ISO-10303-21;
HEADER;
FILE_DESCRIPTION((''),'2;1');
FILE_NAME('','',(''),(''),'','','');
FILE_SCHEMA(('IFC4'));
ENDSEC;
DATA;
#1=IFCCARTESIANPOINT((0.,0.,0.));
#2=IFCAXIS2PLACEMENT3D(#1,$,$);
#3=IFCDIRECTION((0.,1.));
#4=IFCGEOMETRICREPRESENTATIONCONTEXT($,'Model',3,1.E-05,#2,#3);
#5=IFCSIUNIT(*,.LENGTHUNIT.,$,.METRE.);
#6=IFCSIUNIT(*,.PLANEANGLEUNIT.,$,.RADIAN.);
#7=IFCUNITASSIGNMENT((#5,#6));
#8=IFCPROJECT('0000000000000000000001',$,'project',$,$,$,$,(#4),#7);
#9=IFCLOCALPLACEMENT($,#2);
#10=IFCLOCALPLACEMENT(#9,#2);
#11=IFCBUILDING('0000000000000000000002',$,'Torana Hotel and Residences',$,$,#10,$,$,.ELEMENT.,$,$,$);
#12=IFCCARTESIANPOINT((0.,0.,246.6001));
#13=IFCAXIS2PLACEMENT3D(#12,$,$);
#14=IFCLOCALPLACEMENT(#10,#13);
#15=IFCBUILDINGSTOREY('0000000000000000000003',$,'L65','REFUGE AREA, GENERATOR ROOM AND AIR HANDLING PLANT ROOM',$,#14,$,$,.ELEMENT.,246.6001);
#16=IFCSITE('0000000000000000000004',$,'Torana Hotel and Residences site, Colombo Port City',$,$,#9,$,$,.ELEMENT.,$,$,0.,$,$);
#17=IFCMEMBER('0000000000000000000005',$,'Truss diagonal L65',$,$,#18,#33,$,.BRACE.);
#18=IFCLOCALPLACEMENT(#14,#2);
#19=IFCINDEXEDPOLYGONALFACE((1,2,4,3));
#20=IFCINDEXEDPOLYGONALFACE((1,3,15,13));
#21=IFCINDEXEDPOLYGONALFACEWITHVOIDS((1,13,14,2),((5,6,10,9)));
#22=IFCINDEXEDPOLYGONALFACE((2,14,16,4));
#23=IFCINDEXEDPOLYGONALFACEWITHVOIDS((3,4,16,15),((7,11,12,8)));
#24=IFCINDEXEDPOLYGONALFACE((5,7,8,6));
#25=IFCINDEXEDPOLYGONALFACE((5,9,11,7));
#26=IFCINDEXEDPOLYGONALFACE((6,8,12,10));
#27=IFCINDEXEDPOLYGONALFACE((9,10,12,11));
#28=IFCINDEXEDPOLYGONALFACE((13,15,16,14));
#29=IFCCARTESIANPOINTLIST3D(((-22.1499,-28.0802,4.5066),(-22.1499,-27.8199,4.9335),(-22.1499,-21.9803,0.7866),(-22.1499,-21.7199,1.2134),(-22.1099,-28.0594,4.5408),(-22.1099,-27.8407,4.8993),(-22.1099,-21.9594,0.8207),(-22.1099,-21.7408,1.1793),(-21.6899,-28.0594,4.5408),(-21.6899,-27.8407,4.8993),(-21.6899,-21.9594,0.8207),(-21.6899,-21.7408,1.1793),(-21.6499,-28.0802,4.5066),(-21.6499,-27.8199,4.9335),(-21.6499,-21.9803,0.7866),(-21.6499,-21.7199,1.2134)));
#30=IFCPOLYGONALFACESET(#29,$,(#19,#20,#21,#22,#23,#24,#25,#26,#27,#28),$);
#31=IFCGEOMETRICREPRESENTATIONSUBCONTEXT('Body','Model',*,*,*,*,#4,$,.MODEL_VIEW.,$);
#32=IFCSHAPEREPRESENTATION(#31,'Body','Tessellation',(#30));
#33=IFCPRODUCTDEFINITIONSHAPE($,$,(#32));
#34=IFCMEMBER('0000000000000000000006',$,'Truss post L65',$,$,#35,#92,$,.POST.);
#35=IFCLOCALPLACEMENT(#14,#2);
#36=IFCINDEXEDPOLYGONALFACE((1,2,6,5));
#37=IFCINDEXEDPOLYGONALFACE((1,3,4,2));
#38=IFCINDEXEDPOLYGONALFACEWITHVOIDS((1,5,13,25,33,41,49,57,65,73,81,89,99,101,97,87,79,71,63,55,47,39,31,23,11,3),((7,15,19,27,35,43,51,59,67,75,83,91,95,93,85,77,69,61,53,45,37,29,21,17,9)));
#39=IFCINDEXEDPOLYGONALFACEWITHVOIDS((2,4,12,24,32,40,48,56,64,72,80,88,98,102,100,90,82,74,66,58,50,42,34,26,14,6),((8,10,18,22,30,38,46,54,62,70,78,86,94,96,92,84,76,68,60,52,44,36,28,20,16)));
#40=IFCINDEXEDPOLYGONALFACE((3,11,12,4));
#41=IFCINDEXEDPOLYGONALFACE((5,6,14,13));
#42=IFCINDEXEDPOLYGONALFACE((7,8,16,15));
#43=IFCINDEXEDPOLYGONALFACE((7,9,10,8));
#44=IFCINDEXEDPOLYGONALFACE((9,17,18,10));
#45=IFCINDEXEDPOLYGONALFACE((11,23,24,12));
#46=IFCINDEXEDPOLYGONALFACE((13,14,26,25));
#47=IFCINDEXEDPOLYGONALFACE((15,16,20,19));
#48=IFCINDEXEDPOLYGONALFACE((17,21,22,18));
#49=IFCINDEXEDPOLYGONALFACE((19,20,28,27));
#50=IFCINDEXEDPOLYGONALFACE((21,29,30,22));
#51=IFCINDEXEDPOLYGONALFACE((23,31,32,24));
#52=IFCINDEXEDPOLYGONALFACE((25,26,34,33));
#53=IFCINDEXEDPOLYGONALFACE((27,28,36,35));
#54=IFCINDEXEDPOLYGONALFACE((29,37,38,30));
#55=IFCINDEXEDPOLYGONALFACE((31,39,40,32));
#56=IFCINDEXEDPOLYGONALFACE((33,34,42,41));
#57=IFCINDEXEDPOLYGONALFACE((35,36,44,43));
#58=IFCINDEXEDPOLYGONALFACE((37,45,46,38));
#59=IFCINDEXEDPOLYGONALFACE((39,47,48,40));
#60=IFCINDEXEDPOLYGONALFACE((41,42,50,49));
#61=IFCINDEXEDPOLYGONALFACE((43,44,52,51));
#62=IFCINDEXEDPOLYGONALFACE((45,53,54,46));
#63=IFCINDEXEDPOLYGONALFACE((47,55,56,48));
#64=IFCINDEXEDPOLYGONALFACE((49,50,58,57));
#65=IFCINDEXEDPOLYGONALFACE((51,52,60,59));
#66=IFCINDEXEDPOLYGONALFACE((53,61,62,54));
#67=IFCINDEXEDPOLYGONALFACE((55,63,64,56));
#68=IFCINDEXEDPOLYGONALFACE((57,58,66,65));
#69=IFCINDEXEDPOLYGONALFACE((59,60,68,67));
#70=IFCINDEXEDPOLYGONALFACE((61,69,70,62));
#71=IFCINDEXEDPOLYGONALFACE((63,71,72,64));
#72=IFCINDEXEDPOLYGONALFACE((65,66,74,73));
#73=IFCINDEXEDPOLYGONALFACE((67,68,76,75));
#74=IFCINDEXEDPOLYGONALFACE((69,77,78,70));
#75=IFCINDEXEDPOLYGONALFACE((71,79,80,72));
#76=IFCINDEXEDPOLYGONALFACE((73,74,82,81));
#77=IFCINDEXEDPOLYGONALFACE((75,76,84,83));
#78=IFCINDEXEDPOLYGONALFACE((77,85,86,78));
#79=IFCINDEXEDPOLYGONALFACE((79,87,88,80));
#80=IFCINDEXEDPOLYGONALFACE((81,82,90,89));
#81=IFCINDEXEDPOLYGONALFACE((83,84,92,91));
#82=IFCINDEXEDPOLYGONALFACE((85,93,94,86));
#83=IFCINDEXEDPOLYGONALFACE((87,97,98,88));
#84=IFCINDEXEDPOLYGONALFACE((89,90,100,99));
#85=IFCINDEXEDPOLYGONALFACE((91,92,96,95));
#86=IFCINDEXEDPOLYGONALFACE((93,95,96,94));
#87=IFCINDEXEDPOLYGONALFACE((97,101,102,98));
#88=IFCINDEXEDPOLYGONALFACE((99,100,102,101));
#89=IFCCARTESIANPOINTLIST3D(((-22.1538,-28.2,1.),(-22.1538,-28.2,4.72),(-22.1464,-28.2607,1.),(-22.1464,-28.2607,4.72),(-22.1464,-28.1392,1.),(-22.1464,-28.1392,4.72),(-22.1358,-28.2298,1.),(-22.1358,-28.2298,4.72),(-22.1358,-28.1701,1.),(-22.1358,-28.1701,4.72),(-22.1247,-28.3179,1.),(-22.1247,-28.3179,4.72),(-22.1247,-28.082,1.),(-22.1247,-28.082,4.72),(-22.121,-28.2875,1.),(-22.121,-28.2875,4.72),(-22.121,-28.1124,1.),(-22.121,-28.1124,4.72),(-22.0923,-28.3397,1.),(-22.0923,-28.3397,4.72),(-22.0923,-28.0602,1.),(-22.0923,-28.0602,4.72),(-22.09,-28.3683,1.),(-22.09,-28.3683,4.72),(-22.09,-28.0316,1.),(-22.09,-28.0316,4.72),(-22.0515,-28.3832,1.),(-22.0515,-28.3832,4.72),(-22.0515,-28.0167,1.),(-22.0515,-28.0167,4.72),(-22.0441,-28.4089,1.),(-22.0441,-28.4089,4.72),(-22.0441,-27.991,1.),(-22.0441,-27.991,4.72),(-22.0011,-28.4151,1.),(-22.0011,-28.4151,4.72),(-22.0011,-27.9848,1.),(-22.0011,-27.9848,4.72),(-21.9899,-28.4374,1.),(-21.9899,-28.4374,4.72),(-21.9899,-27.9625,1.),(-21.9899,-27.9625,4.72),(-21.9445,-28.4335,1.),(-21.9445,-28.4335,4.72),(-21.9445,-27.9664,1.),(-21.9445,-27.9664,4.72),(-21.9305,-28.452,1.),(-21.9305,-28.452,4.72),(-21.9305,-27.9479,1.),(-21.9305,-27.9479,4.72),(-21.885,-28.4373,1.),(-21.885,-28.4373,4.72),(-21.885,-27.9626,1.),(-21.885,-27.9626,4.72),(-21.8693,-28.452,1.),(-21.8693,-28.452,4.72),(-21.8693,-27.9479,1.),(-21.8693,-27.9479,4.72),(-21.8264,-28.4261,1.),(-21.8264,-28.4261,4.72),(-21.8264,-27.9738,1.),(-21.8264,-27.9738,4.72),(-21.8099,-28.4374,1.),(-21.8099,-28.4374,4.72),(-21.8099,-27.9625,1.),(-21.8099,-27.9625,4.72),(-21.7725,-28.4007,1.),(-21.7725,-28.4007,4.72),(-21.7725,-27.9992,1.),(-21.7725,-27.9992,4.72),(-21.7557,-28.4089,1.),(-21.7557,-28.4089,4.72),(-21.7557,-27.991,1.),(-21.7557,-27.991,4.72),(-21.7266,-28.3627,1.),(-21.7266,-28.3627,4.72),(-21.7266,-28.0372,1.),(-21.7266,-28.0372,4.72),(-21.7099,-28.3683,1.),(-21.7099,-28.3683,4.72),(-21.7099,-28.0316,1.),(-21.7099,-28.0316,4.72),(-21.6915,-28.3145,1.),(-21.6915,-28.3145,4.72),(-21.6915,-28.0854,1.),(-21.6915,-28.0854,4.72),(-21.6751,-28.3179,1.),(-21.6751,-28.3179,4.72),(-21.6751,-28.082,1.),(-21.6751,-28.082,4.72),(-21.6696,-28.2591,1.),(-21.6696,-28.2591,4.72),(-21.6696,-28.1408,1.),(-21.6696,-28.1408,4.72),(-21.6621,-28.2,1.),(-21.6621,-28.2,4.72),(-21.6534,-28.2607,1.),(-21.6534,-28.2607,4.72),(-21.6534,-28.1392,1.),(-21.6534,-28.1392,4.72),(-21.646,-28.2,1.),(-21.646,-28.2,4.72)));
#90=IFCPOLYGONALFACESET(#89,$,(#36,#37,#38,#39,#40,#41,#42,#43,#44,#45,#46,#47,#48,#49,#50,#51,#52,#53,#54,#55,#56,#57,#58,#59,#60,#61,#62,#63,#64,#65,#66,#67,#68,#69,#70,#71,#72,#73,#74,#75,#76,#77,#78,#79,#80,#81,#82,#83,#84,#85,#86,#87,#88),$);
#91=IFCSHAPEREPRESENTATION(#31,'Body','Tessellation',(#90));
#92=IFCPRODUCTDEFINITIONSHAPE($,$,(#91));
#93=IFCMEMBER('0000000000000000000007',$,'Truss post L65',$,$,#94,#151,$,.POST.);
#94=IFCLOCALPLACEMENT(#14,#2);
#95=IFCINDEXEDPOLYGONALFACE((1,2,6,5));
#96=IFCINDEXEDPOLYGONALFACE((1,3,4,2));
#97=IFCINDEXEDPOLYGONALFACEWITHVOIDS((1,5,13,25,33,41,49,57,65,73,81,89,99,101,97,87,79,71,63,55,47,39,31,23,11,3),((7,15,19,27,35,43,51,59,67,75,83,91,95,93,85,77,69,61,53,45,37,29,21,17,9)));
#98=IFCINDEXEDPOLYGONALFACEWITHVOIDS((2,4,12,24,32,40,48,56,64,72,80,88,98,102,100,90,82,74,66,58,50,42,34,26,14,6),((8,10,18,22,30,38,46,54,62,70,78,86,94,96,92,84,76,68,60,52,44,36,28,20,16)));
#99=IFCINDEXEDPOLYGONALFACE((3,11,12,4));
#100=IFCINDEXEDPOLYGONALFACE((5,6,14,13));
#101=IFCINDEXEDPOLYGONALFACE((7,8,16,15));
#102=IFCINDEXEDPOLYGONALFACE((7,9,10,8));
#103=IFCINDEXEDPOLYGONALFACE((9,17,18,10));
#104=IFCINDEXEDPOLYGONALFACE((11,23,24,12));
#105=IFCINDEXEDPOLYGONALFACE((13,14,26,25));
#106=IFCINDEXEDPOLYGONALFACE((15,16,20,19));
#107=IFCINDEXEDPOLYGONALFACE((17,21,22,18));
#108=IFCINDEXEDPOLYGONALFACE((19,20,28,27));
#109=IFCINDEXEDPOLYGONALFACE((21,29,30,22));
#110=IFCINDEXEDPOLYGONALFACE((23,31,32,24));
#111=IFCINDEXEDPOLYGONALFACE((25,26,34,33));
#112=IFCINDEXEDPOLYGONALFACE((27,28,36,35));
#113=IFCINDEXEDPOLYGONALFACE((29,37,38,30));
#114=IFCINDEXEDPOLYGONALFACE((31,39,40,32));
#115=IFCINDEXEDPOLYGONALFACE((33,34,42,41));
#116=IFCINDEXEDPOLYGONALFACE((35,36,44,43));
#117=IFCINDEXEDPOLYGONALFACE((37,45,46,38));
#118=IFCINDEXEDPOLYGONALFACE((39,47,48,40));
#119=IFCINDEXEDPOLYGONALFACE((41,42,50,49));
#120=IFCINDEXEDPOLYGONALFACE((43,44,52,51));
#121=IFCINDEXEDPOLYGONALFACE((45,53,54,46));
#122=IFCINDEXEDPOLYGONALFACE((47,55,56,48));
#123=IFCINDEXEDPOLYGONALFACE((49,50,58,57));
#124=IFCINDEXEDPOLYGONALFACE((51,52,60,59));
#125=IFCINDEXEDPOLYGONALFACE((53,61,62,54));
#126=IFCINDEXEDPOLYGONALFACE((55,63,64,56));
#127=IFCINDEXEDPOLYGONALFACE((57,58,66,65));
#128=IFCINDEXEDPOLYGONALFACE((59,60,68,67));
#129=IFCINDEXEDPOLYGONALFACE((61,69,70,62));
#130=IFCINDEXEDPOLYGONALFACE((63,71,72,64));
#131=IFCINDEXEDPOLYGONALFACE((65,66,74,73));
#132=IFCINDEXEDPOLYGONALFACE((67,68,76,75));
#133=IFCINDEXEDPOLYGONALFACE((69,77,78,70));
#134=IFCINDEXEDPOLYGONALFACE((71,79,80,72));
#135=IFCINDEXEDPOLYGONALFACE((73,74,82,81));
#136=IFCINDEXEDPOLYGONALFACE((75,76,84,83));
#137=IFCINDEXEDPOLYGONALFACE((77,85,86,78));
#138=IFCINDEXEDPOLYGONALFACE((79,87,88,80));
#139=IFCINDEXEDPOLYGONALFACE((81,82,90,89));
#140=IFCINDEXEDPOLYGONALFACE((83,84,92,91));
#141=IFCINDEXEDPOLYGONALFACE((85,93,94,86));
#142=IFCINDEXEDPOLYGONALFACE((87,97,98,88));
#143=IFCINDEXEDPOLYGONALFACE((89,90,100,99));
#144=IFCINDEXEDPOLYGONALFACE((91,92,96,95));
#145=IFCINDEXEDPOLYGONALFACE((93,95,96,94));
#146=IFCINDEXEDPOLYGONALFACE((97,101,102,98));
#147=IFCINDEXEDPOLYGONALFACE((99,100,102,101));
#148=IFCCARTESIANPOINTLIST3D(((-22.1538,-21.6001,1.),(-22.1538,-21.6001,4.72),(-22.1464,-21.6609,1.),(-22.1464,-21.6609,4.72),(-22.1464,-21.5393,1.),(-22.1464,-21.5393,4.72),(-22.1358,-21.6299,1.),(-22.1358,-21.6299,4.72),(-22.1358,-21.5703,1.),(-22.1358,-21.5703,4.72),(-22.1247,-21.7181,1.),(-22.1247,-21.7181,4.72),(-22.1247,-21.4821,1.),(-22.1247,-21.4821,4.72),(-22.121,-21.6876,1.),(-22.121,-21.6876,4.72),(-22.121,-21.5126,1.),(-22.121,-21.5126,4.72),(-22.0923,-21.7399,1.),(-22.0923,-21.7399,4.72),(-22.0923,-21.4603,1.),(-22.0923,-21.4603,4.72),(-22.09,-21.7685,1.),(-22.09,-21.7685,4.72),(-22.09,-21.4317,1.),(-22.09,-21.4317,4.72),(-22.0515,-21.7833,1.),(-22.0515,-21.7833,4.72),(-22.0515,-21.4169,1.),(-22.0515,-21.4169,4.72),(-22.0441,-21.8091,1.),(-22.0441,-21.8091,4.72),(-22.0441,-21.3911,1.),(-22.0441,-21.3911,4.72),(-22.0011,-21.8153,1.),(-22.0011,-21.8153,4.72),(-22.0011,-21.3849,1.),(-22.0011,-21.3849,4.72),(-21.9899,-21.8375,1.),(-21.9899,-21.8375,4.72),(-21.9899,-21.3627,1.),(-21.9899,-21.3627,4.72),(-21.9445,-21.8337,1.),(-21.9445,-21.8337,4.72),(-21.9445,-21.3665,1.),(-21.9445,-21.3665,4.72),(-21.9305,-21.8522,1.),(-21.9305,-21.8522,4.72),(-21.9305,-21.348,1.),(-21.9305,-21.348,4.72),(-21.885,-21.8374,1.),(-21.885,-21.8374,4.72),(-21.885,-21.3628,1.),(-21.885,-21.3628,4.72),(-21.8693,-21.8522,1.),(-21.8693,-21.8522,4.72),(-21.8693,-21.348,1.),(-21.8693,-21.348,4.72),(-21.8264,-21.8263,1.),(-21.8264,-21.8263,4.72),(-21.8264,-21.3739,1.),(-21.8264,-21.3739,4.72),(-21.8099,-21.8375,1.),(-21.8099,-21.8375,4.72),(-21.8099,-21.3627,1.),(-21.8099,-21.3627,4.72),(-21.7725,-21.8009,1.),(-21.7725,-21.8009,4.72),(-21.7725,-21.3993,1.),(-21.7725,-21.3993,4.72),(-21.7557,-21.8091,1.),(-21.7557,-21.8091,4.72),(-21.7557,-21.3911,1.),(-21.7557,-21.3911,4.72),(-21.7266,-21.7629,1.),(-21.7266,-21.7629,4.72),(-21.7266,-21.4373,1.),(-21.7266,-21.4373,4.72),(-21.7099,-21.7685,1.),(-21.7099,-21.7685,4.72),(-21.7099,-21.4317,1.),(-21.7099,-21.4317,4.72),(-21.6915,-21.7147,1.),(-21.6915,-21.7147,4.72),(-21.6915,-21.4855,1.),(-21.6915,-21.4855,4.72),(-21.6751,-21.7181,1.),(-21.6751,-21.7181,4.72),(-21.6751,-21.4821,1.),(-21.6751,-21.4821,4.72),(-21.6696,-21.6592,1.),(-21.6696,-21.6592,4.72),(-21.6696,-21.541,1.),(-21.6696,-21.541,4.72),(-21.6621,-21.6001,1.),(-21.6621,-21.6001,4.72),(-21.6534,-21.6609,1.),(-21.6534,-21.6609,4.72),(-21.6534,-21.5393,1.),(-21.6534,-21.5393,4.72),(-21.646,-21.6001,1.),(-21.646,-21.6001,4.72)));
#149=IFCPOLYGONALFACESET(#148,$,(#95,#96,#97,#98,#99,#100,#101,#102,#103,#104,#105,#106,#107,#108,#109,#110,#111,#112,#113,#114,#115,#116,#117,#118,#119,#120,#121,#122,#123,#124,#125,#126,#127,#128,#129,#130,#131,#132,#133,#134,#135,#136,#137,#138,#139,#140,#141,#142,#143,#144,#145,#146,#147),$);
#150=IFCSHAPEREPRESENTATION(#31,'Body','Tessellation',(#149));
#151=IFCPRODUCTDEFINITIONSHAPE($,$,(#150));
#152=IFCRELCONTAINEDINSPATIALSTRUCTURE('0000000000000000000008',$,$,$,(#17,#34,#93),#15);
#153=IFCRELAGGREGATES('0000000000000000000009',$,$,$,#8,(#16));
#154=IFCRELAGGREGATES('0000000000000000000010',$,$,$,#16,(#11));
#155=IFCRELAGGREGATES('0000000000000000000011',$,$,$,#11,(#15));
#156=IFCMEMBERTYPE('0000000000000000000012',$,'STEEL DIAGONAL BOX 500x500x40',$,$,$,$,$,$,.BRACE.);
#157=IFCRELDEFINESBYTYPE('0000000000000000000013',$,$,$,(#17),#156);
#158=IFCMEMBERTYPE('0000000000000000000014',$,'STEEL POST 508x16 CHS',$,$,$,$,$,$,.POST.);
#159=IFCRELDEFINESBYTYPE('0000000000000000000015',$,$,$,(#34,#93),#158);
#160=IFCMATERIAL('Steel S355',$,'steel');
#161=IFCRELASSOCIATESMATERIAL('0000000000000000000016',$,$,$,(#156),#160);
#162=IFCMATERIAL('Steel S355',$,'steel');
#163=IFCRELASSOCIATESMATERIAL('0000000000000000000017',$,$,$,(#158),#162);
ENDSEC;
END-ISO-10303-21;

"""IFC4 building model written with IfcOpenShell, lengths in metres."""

from ifc_helpers import new_model, si_unit, direction, frame, origin, origin_2d, place, context, subcontext, project, spatial, hollow_rectangle, hollow_circle, extrude, material, material_profile, profile_set, type_object, element, save


model = new_model("IFC4")

# Units and contexts
model_context = context("Model", 3, precision=1e-05, world=origin(), true_north=direction((0.0, 1.0)))
body_context = subcontext(model_context, "Body", "Model", "MODEL_VIEW")
ifc_project = project(units=[si_unit("LENGTHUNIT", "METRE"), si_unit("PLANEANGLEUNIT", "RADIAN")], contexts=[model_context])

# Site, building, storey
site_placement = place(None, origin())
site = spatial("IfcSite", under=ifc_project, at=site_placement, Name="Torana Hotel and Residences site, Colombo Port City", CompositionType="ELEMENT", RefElevation=0.0)
building_placement = place(site_placement, origin())
building = spatial("IfcBuilding", under=site, at=building_placement, Name="Torana Hotel and Residences", CompositionType="ELEMENT")
storey_placement = place(building_placement, frame((0.0, 0.0, 246.6001)))
storey = spatial("IfcBuildingStorey", under=building, at=storey_placement, Name="L65", Description="REFUGE AREA, GENERATOR ROOM AND AIR HANDLING PLANT ROOM", CompositionType="ELEMENT", Elevation=246.6001)

# Members
ifc_material_1 = material(Name="Steel S355", Category="steel")
ifc_material_profile_1 = material_profile(ifc_material_1, hollow_rectangle(XDim=0.5, YDim=0.5, WallThickness=0.04, at=origin_2d()), Name="BOX 500x500x40")
ifc_profile_set_1 = profile_set([ifc_material_profile_1], Name="Steel S355")
member_type_1 = type_object("IfcMemberType", Name="STEEL DIAGONAL BOX 500x500x40", PredefinedType="BRACE", material=ifc_profile_set_1)
for number, where, z_axis, x_axis, name in (
    (1, (-21.8999, -21.8501, 1.0), (0.0, -0.853762, 0.520663), (1.0, 0.0, 0.0), "Truss diagonal L65"),
):
    element("IfcMember", number, at=place(storey_placement, frame(where, z_axis=z_axis, x_axis=x_axis)), inside=storey, type_object=member_type_1, Name=name, PredefinedType="BRACE", context=body_context, shape_type="SweptSolid", body=[
        extrude(hollow_rectangle(XDim=0.5, YDim=0.5, WallThickness=0.04, at=origin_2d()), origin(), (0.0, 0.0, 1.0), 7.1448),
    ])
ifc_material_2 = material(Name="Steel S355", Category="steel")
ifc_material_profile_2 = material_profile(ifc_material_2, hollow_circle(Radius=0.2539, WallThickness=0.0161, at=origin_2d()), Name="508x16 CHS")
ifc_profile_set_2 = profile_set([ifc_material_profile_2], Name="Steel S355")
member_type_2 = type_object("IfcMemberType", Name="STEEL POST 508x16 CHS", PredefinedType="POST", material=ifc_profile_set_2)
for number, where, z_axis, x_axis, name in (
    (2, (-21.8999, -28.2, 1.0), (0.0, 0.0, 1.0), (1.0, 0.0, 0.0), "Truss post L65"),
    (3, (-21.8999, -21.6001, 1.0), (0.0, 0.0, 1.0), (1.0, 0.0, 0.0), "Truss post L65"),
):
    element("IfcMember", number, at=place(storey_placement, frame(where, z_axis=z_axis, x_axis=x_axis)), inside=storey, type_object=member_type_2, Name=name, PredefinedType="POST", context=body_context, shape_type="SweptSolid", body=[
        extrude(hollow_circle(Radius=0.2539, WallThickness=0.0161, at=origin_2d()), origin(), (0.0, 0.0, 1.0), 3.72),
    ])

save(model, "model.ifc")
